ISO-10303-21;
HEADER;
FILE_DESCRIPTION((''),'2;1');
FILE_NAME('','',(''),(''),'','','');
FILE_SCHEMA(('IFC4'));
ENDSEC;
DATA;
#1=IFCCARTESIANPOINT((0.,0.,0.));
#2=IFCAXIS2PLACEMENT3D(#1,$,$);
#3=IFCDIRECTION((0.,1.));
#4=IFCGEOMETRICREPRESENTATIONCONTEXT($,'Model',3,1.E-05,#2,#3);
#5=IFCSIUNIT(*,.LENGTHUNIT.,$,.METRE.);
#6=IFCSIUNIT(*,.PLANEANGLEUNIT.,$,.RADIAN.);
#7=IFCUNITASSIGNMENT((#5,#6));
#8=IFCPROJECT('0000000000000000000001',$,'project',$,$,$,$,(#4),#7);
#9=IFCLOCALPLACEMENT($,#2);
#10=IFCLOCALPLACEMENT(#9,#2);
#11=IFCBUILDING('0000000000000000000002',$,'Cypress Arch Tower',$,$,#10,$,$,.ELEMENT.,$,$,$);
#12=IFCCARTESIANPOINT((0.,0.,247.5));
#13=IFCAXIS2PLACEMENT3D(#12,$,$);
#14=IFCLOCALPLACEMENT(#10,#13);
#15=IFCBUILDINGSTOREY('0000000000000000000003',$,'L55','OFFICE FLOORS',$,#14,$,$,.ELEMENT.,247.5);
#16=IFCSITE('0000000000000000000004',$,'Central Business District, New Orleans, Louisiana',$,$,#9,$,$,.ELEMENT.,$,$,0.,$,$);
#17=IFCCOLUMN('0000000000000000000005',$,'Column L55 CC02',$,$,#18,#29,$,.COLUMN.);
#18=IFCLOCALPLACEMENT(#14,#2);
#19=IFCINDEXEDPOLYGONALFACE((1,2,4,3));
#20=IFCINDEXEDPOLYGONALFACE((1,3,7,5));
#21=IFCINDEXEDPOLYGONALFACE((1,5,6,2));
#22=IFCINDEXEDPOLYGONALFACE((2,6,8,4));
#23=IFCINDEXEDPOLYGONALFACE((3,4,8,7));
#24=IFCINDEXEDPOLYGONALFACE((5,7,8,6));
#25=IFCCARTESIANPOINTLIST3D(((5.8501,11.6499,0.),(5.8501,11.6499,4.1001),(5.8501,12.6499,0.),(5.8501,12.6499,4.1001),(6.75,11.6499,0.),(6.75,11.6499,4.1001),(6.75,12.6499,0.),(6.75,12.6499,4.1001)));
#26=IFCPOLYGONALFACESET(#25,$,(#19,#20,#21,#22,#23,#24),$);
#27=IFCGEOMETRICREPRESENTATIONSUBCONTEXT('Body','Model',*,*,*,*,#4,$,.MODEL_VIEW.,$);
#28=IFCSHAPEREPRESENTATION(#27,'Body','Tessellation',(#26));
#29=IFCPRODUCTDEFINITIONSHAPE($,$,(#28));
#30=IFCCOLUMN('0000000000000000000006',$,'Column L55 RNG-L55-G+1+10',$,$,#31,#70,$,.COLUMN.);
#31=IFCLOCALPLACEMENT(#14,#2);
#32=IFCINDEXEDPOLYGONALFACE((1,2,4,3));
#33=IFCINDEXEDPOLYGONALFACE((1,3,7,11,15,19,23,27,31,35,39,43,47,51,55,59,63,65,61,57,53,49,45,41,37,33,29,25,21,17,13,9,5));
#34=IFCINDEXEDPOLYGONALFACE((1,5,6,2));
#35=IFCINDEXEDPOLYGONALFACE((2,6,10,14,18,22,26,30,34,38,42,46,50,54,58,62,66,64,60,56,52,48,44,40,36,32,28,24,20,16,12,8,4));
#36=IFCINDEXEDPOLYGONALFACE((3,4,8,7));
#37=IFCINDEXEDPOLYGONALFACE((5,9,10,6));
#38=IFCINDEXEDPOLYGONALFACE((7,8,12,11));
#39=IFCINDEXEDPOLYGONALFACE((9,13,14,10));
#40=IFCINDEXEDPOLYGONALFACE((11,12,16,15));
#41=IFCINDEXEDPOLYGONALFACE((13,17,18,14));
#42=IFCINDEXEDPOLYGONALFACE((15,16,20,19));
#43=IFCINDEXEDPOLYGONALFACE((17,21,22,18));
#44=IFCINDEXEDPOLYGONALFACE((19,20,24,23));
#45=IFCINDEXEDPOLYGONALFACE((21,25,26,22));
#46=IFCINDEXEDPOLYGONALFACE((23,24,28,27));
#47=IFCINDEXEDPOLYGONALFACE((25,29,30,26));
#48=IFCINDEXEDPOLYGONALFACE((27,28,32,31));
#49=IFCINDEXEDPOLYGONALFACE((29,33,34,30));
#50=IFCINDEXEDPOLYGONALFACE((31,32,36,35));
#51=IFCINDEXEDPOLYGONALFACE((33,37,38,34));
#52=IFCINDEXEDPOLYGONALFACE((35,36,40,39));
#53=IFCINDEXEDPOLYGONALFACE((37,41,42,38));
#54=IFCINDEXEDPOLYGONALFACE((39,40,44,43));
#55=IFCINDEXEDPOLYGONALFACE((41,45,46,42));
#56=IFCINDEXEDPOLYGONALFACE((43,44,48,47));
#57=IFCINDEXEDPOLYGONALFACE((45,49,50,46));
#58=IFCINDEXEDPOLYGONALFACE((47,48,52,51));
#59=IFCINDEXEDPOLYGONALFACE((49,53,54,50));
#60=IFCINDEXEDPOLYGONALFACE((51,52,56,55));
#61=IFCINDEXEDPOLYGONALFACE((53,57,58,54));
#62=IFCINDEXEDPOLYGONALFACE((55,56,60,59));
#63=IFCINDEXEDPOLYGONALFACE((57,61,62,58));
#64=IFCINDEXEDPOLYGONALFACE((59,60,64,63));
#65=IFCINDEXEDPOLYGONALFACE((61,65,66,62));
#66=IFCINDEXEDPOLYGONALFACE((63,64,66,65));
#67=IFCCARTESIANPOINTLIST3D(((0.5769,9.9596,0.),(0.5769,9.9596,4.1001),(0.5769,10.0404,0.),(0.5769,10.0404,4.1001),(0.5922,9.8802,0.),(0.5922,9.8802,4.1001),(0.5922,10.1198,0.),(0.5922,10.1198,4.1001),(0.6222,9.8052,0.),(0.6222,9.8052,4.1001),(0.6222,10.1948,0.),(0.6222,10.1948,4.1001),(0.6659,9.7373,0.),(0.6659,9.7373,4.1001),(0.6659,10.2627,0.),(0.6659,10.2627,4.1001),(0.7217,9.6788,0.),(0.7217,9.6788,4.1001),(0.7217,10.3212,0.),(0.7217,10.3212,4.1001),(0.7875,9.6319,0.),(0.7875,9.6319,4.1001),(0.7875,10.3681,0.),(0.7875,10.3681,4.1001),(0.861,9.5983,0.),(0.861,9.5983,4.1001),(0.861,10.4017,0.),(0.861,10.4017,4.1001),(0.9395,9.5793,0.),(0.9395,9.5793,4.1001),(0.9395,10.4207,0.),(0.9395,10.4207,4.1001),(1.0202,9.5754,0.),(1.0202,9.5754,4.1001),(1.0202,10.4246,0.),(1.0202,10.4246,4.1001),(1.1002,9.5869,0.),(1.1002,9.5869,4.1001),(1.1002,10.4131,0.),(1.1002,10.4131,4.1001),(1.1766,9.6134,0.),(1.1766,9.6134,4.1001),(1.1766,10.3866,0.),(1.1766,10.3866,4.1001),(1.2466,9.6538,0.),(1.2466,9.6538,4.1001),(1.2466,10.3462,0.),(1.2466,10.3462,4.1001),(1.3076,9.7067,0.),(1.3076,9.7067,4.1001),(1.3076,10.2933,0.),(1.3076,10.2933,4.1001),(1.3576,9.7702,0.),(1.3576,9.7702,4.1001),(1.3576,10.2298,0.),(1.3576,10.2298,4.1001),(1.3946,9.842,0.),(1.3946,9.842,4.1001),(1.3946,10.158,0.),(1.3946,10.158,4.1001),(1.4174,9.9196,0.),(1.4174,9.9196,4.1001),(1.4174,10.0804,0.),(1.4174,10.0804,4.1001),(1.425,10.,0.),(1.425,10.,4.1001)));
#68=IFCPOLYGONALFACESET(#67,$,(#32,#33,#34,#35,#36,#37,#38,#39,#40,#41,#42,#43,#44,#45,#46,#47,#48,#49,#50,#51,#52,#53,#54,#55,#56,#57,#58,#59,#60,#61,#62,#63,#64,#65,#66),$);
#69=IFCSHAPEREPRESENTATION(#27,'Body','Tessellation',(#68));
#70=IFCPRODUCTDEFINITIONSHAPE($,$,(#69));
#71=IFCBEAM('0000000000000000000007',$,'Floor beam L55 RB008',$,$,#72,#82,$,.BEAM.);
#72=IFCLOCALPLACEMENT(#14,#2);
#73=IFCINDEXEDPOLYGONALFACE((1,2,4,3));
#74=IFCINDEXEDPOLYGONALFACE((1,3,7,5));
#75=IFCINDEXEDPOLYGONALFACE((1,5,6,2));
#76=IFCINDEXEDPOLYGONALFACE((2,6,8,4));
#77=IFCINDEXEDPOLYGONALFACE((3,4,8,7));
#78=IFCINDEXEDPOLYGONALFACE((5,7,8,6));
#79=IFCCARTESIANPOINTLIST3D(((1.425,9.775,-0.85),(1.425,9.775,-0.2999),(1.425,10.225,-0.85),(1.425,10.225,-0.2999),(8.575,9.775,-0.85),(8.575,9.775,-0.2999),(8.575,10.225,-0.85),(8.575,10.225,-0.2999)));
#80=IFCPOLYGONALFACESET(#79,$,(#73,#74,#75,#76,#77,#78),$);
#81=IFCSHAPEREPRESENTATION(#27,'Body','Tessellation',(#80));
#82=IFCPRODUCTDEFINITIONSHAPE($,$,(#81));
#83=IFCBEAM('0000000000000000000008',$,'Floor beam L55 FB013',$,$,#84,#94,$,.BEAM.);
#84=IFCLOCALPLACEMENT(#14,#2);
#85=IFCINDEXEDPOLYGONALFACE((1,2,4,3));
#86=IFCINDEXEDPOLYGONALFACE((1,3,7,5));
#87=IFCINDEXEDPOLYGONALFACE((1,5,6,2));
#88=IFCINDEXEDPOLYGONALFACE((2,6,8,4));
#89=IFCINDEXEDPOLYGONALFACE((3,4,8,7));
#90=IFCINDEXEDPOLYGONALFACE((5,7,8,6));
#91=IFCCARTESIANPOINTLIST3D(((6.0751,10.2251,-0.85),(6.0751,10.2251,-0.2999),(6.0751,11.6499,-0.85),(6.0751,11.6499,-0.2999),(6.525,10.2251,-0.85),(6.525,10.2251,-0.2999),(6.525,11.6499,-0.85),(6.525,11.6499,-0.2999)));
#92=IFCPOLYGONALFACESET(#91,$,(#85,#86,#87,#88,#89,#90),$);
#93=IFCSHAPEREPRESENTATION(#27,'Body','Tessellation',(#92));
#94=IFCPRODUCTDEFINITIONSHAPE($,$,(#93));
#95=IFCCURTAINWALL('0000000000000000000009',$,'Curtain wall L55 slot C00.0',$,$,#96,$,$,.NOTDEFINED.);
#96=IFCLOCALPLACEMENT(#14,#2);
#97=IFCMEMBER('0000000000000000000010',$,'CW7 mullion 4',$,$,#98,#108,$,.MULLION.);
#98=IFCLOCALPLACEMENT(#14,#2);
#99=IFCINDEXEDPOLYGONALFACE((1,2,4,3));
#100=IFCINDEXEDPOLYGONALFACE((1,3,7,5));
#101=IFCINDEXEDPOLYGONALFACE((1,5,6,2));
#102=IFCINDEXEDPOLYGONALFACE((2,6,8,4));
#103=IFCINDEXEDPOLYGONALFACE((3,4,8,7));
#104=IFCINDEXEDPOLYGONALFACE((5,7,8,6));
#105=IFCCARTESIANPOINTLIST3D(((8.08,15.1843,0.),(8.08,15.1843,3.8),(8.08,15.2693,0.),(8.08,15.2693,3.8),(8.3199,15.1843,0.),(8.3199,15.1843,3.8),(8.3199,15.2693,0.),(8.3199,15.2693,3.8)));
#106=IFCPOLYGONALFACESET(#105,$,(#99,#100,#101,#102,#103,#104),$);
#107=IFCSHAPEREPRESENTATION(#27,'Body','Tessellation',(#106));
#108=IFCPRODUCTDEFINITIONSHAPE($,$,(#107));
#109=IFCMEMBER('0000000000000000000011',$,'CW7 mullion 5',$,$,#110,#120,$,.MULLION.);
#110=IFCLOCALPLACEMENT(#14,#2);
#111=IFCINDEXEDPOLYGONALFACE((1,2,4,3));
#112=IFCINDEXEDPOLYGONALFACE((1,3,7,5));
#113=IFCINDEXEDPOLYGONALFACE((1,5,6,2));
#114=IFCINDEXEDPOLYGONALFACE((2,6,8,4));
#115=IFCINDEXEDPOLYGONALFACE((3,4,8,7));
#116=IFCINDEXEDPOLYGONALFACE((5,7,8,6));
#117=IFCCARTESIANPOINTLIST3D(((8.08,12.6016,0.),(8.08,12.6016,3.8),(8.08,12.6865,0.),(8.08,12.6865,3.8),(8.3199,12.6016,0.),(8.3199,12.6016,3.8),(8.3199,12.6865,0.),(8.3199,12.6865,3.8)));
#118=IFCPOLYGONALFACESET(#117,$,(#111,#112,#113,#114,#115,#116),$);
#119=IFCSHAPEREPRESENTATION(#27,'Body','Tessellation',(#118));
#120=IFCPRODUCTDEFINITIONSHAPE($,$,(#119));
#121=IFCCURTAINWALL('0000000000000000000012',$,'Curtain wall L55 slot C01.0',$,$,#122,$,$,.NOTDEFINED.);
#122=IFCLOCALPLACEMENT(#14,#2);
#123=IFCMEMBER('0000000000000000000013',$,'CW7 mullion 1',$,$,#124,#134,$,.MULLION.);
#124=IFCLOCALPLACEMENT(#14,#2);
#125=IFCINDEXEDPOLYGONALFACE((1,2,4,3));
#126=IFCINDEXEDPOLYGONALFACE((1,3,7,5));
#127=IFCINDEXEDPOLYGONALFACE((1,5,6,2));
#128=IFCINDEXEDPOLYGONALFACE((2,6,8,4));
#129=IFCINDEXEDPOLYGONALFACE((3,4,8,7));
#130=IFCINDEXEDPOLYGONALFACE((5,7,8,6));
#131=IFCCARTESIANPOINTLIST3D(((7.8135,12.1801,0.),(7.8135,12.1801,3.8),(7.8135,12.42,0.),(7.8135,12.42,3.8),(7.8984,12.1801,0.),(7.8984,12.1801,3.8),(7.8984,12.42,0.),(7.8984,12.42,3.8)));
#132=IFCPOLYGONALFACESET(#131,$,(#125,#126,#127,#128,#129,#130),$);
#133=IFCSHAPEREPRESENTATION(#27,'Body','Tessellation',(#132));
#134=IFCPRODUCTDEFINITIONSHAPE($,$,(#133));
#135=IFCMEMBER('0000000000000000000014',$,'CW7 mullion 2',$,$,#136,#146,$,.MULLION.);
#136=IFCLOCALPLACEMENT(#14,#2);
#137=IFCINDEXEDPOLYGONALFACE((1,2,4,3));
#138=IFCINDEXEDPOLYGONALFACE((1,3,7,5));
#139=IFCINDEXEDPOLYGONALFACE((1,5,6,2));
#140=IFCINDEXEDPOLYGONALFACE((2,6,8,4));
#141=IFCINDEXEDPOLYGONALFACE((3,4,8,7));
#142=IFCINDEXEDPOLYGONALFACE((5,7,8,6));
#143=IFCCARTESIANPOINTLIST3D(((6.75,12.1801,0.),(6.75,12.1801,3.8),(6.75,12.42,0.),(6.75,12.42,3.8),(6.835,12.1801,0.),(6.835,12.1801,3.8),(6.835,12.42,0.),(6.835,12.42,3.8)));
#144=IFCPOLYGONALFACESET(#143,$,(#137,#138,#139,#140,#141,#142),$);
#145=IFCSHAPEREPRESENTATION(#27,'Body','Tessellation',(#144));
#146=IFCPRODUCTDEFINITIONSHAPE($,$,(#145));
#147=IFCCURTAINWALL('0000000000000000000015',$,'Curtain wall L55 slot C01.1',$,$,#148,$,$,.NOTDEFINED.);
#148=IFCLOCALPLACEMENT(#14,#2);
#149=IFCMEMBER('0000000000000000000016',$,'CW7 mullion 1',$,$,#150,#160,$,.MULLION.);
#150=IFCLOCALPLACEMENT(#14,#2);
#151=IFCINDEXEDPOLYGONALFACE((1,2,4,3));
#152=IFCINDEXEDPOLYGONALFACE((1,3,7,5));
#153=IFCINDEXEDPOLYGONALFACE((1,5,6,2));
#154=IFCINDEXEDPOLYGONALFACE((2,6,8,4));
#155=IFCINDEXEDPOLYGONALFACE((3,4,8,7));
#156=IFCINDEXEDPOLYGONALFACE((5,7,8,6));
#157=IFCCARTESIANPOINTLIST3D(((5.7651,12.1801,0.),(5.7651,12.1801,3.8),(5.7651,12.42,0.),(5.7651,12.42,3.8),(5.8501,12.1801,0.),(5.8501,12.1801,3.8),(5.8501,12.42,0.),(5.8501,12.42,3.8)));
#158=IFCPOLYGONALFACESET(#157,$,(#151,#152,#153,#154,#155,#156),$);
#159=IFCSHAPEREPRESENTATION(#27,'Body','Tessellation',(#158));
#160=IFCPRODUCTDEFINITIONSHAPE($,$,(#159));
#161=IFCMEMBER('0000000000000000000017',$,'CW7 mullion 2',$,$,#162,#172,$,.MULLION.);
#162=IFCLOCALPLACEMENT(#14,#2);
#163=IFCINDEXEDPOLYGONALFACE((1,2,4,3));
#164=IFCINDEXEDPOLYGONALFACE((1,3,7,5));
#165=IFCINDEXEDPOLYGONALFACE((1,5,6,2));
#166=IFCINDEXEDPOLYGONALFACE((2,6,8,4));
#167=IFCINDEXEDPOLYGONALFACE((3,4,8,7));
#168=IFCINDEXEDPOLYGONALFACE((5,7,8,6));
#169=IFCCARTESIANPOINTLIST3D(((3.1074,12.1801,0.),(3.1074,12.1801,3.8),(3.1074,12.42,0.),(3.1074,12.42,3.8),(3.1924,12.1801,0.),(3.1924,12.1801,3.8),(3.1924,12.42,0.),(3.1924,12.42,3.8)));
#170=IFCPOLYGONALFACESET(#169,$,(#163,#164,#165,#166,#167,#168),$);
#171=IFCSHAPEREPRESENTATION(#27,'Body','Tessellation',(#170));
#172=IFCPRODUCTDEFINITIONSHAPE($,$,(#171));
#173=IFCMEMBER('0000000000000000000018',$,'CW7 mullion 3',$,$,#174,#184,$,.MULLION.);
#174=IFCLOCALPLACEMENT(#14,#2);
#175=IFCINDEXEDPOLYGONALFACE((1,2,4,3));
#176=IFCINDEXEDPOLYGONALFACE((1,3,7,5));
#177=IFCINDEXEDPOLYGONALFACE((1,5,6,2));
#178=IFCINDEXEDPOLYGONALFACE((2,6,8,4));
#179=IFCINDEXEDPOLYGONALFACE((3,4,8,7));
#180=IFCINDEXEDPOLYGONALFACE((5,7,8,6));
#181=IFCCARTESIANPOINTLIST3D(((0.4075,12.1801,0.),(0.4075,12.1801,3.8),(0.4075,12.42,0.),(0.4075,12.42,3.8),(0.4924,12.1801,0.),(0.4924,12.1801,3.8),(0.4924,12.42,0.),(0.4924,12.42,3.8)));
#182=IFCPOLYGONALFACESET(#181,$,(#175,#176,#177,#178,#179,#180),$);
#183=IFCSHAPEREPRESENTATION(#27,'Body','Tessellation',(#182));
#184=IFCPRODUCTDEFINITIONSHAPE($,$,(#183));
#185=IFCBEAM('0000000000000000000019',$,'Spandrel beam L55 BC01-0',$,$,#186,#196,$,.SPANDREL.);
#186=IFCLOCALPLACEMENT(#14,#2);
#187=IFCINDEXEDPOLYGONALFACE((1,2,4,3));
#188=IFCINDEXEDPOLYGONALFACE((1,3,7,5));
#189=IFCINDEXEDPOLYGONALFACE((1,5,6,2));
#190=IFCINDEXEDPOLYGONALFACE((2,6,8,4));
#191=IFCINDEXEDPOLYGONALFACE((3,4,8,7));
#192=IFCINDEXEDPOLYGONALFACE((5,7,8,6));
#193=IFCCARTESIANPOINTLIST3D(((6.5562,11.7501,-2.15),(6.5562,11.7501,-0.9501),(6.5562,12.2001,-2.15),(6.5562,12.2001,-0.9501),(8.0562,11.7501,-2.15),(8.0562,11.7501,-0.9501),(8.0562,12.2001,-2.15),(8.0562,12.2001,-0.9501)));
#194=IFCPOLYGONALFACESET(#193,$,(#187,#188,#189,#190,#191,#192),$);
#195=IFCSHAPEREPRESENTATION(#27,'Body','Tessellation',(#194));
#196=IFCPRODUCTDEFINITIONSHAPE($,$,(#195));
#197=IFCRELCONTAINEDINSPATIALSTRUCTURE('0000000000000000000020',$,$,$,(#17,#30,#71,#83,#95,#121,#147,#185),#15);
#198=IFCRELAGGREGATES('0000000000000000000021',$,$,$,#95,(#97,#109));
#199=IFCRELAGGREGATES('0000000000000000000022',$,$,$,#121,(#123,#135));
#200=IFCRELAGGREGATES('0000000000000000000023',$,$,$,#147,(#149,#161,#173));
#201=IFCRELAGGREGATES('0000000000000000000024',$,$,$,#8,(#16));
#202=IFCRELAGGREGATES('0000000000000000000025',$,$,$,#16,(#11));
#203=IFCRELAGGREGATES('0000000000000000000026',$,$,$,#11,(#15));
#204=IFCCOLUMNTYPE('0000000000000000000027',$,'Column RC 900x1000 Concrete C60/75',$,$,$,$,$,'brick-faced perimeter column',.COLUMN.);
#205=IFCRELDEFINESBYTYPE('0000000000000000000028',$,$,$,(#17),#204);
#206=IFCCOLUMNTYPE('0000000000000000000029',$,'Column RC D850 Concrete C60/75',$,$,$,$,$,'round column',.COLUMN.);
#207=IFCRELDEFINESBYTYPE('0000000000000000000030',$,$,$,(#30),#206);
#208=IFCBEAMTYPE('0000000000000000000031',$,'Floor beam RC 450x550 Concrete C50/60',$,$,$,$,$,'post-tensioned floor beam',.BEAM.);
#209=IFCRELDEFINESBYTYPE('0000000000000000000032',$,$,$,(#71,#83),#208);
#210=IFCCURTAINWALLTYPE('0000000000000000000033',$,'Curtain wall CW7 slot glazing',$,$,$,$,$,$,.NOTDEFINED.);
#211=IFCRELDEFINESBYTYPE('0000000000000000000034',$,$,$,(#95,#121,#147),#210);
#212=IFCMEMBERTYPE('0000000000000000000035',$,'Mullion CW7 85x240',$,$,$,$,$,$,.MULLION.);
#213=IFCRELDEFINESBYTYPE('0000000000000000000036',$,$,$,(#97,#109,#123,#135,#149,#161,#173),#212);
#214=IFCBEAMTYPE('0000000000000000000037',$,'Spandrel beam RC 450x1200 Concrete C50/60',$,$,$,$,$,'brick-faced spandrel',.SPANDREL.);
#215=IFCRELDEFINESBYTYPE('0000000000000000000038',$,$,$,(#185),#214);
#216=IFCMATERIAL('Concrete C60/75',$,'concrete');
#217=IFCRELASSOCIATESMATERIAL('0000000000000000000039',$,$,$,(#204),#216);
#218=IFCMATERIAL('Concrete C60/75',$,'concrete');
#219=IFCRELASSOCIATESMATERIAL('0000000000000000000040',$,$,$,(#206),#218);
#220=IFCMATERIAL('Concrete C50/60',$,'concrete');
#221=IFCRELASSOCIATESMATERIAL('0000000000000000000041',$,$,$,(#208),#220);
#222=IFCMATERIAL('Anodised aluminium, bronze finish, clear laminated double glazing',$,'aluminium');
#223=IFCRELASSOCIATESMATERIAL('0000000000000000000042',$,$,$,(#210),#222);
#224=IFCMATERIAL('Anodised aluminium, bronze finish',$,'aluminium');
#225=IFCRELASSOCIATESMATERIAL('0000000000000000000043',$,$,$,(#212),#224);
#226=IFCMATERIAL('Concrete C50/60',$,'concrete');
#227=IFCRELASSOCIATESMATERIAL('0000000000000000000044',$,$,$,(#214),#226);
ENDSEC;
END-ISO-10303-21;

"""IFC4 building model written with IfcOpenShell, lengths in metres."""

from ifc_helpers import new_model, si_unit, direction, frame, origin, origin_2d, place, context, subcontext, project, spatial, rectangle, circle, extrude, material, material_profile, profile_set, type_object, element, aggregate, save


model = new_model("IFC4")

# Units and contexts
model_context = context("Model", 3, precision=1e-05, world=origin(), true_north=direction((0.0, 1.0)))
body_context = subcontext(model_context, "Body", "Model", "MODEL_VIEW")
ifc_project = project(units=[si_unit("LENGTHUNIT", "METRE"), si_unit("PLANEANGLEUNIT", "RADIAN")], contexts=[model_context])

# Site, building, storey
site_placement = place(None, origin())
site = spatial("IfcSite", under=ifc_project, at=site_placement, Name="Central Business District, New Orleans, Louisiana", CompositionType="ELEMENT", RefElevation=0.0)
building_placement = place(site_placement, origin())
building = spatial("IfcBuilding", under=site, at=building_placement, Name="Cypress Arch Tower", CompositionType="ELEMENT")
storey_placement = place(building_placement, frame((0.0, 0.0, 247.5)))
storey = spatial("IfcBuildingStorey", under=building, at=storey_placement, Name="L55", Description="OFFICE FLOORS", CompositionType="ELEMENT", Elevation=247.5)

# Columns
ifc_material_1 = material(Name="Concrete C60/75", Category="concrete")
ifc_material_profile_1 = material_profile(ifc_material_1, rectangle(XDim=0.8999, YDim=1.0, at=origin_2d()), Name="RC 900x1000")
ifc_profile_set_1 = profile_set([ifc_material_profile_1], Name="Concrete C60/75")
column_type_1 = type_object("IfcColumnType", Name="Column RC 900x1000 Concrete C60/75", ElementType="brick-faced perimeter column", PredefinedType="COLUMN", material=ifc_profile_set_1)
column_1_placement = place(storey_placement, frame((6.3, 12.1499, 0.0), z_axis=(0.0, 0.0, 1.0), x_axis=(-1.0, 0.0, 0.0)))
element("IfcColumn", 1, at=column_1_placement, inside=storey, type_object=column_type_1, Name="Column L55 CC02", PredefinedType="COLUMN", context=body_context, shape_type="SweptSolid", body=[
    extrude(rectangle(XDim=0.8999, YDim=1.0, at=origin_2d()), origin(), (0.0, 0.0, 1.0), 4.1001),
])
ifc_material_2 = material(Name="Concrete C60/75", Category="concrete")
ifc_material_profile_2 = material_profile(ifc_material_2, circle(Radius=0.425, at=origin_2d()), Name="RC D850")
ifc_profile_set_2 = profile_set([ifc_material_profile_2], Name="Concrete C60/75")
column_type_2 = type_object("IfcColumnType", Name="Column RC D850 Concrete C60/75", ElementType="round column", PredefinedType="COLUMN", material=ifc_profile_set_2)
column_2_placement = place(storey_placement, frame((1.0, 10.0, 0.0), z_axis=(0.0, 0.0, 1.0), x_axis=(1.0, 0.0, 0.0)))
element("IfcColumn", 2, at=column_2_placement, inside=storey, type_object=column_type_2, Name="Column L55 RNG-L55-G+1+10", PredefinedType="COLUMN", context=body_context, shape_type="SweptSolid", body=[
    extrude(circle(Radius=0.425, at=origin_2d()), origin(), (0.0, 0.0, 1.0), 4.1001),
])

# Beams
ifc_material_3 = material(Name="Concrete C50/60", Category="concrete")
ifc_material_profile_3 = material_profile(ifc_material_3, rectangle(XDim=0.45, YDim=0.55, at=origin_2d()), Name="RC 450x550")
ifc_profile_set_3 = profile_set([ifc_material_profile_3], Name="Concrete C50/60")
beam_type_1 = type_object("IfcBeamType", Name="Floor beam RC 450x550 Concrete C50/60", ElementType="post-tensioned floor beam", PredefinedType="BEAM", material=ifc_profile_set_3)
beam_1_placement = place(storey_placement, frame((1.425, 10.0, -0.575), z_axis=(1.0, 0.0, 0.0), x_axis=(0.0, 1.0, 0.0)))
element("IfcBeam", 3, at=beam_1_placement, inside=storey, type_object=beam_type_1, Name="Floor beam L55 RB008", PredefinedType="BEAM", context=body_context, shape_type="SweptSolid", body=[
    extrude(rectangle(XDim=0.45, YDim=0.55, at=origin_2d()), origin(), (0.0, 0.0, 1.0), 7.1499),
])
beam_2_placement = place(storey_placement, frame((6.3, 10.2251, -0.575), z_axis=(0.0, 1.0, 0.0), x_axis=(-1.0, 0.0, 0.0)))
element("IfcBeam", 4, at=beam_2_placement, inside=storey, type_object=beam_type_1, Name="Floor beam L55 FB013", PredefinedType="BEAM", context=body_context, shape_type="SweptSolid", body=[
    extrude(rectangle(XDim=0.45, YDim=0.55, at=origin_2d()), origin(), (0.0, 0.0, 1.0), 1.4248),
])

# Curtain walls, members
ifc_material_4 = material(Name="Anodised aluminium, bronze finish, clear laminated double glazing", Category="aluminium")
curtain_wall_type = type_object("IfcCurtainWallType", Name="Curtain wall CW7 slot glazing", PredefinedType="NOTDEFINED", material=ifc_material_4)
curtain_wall_1_placement = place(storey_placement, origin())
curtain_wall_1 = element("IfcCurtainWall", 5, at=curtain_wall_1_placement, inside=storey, type_object=curtain_wall_type, Name="Curtain wall L55 slot C00.0", PredefinedType="NOTDEFINED")
ifc_material_5 = material(Name="Anodised aluminium, bronze finish", Category="aluminium")
ifc_material_profile_4 = material_profile(ifc_material_5, rectangle(XDim=0.24, YDim=0.085, at=origin_2d()), Name="Mullion 85x240")
ifc_profile_set_4 = profile_set([ifc_material_profile_4], Name="Anodised aluminium, bronze finish")
member_type_1 = type_object("IfcMemberType", Name="Mullion CW7 85x240", PredefinedType="MULLION", material=ifc_profile_set_4)
member_1_placement = place(storey_placement, frame((8.2, 15.2268, 0.0), z_axis=(0.0, 0.0, 1.0), x_axis=(1.0, 0.0, 0.0)))
member_1 = element("IfcMember", 6, at=member_1_placement, type_object=member_type_1, Name="CW7 mullion 4", PredefinedType="MULLION", context=body_context, shape_type="SweptSolid", body=[
    extrude(rectangle(XDim=0.24, YDim=0.085, at=origin_2d()), origin(), (0.0, 0.0, 1.0), 3.8),
])
member_2_placement = place(storey_placement, frame((8.2, 12.644, 0.0), z_axis=(0.0, 0.0, 1.0), x_axis=(1.0, 0.0, 0.0)))
member_2 = element("IfcMember", 7, at=member_2_placement, type_object=member_type_1, Name="CW7 mullion 5", PredefinedType="MULLION", context=body_context, shape_type="SweptSolid", body=[
    extrude(rectangle(XDim=0.24, YDim=0.085, at=origin_2d()), origin(), (0.0, 0.0, 1.0), 3.8),
])
curtain_wall_2_placement = place(storey_placement, origin())
curtain_wall_2 = element("IfcCurtainWall", 8, at=curtain_wall_2_placement, inside=storey, type_object=curtain_wall_type, Name="Curtain wall L55 slot C01.0", PredefinedType="NOTDEFINED")
member_3_placement = place(storey_placement, frame((7.856, 12.3, 0.0), z_axis=(0.0, 0.0, 1.0), x_axis=(0.0, -1.0, 0.0)))
member_3 = element("IfcMember", 9, at=member_3_placement, type_object=member_type_1, Name="CW7 mullion 1", PredefinedType="MULLION", context=body_context, shape_type="SweptSolid", body=[
    extrude(rectangle(XDim=0.24, YDim=0.085, at=origin_2d()), origin(), (0.0, 0.0, 1.0), 3.8),
])
member_4_placement = place(storey_placement, frame((6.7925, 12.3, 0.0), z_axis=(0.0, 0.0, 1.0), x_axis=(0.0, -1.0, 0.0)))
member_4 = element("IfcMember", 10, at=member_4_placement, type_object=member_type_1, Name="CW7 mullion 2", PredefinedType="MULLION", context=body_context, shape_type="SweptSolid", body=[
    extrude(rectangle(XDim=0.24, YDim=0.085, at=origin_2d()), origin(), (0.0, 0.0, 1.0), 3.8),
])
curtain_wall_3_placement = place(storey_placement, origin())
curtain_wall_3 = element("IfcCurtainWall", 11, at=curtain_wall_3_placement, inside=storey, type_object=curtain_wall_type, Name="Curtain wall L55 slot C01.1", PredefinedType="NOTDEFINED")
member_5_placement = place(storey_placement, frame((5.8076, 12.3, 0.0), z_axis=(0.0, 0.0, 1.0), x_axis=(0.0, -1.0, 0.0)))
member_5 = element("IfcMember", 12, at=member_5_placement, type_object=member_type_1, Name="CW7 mullion 1", PredefinedType="MULLION", context=body_context, shape_type="SweptSolid", body=[
    extrude(rectangle(XDim=0.24, YDim=0.085, at=origin_2d()), origin(), (0.0, 0.0, 1.0), 3.8),
])
member_6_placement = place(storey_placement, frame((3.1499, 12.3, 0.0), z_axis=(0.0, 0.0, 1.0), x_axis=(0.0, -1.0, 0.0)))
member_6 = element("IfcMember", 13, at=member_6_placement, type_object=member_type_1, Name="CW7 mullion 2", PredefinedType="MULLION", context=body_context, shape_type="SweptSolid", body=[
    extrude(rectangle(XDim=0.24, YDim=0.085, at=origin_2d()), origin(), (0.0, 0.0, 1.0), 3.8),
])
member_7_placement = place(storey_placement, frame((0.45, 12.3, 0.0), z_axis=(0.0, 0.0, 1.0), x_axis=(0.0, -1.0, 0.0)))
member_7 = element("IfcMember", 14, at=member_7_placement, type_object=member_type_1, Name="CW7 mullion 3", PredefinedType="MULLION", context=body_context, shape_type="SweptSolid", body=[
    extrude(rectangle(XDim=0.24, YDim=0.085, at=origin_2d()), origin(), (0.0, 0.0, 1.0), 3.8),
])

# Beam
ifc_material_6 = material(Name="Concrete C50/60", Category="concrete")
ifc_material_profile_5 = material_profile(ifc_material_6, rectangle(XDim=0.45, YDim=1.2, at=origin_2d()), Name="RC 450x1200")
ifc_profile_set_5 = profile_set([ifc_material_profile_5], Name="Concrete C50/60")
beam_type_2 = type_object("IfcBeamType", Name="Spandrel beam RC 450x1200 Concrete C50/60", ElementType="brick-faced spandrel", PredefinedType="SPANDREL", material=ifc_profile_set_5)
beam_3_placement = place(storey_placement, frame((8.0562, 11.9751, -1.55), z_axis=(-1.0, 0.0, 0.0), x_axis=(0.0, -1.0, 0.0)))
element("IfcBeam", 15, at=beam_3_placement, inside=storey, type_object=beam_type_2, Name="Spandrel beam L55 BC01-0", PredefinedType="SPANDREL", context=body_context, shape_type="SweptSolid", body=[
    extrude(rectangle(XDim=0.45, YDim=1.2, at=origin_2d()), origin(), (0.0, 0.0, 1.0), 1.5),
])

aggregate(curtain_wall_1, [member_1, member_2])
aggregate(curtain_wall_2, [member_3, member_4])
aggregate(curtain_wall_3, [member_5, member_6, member_7])

save(model, "model.ifc")
